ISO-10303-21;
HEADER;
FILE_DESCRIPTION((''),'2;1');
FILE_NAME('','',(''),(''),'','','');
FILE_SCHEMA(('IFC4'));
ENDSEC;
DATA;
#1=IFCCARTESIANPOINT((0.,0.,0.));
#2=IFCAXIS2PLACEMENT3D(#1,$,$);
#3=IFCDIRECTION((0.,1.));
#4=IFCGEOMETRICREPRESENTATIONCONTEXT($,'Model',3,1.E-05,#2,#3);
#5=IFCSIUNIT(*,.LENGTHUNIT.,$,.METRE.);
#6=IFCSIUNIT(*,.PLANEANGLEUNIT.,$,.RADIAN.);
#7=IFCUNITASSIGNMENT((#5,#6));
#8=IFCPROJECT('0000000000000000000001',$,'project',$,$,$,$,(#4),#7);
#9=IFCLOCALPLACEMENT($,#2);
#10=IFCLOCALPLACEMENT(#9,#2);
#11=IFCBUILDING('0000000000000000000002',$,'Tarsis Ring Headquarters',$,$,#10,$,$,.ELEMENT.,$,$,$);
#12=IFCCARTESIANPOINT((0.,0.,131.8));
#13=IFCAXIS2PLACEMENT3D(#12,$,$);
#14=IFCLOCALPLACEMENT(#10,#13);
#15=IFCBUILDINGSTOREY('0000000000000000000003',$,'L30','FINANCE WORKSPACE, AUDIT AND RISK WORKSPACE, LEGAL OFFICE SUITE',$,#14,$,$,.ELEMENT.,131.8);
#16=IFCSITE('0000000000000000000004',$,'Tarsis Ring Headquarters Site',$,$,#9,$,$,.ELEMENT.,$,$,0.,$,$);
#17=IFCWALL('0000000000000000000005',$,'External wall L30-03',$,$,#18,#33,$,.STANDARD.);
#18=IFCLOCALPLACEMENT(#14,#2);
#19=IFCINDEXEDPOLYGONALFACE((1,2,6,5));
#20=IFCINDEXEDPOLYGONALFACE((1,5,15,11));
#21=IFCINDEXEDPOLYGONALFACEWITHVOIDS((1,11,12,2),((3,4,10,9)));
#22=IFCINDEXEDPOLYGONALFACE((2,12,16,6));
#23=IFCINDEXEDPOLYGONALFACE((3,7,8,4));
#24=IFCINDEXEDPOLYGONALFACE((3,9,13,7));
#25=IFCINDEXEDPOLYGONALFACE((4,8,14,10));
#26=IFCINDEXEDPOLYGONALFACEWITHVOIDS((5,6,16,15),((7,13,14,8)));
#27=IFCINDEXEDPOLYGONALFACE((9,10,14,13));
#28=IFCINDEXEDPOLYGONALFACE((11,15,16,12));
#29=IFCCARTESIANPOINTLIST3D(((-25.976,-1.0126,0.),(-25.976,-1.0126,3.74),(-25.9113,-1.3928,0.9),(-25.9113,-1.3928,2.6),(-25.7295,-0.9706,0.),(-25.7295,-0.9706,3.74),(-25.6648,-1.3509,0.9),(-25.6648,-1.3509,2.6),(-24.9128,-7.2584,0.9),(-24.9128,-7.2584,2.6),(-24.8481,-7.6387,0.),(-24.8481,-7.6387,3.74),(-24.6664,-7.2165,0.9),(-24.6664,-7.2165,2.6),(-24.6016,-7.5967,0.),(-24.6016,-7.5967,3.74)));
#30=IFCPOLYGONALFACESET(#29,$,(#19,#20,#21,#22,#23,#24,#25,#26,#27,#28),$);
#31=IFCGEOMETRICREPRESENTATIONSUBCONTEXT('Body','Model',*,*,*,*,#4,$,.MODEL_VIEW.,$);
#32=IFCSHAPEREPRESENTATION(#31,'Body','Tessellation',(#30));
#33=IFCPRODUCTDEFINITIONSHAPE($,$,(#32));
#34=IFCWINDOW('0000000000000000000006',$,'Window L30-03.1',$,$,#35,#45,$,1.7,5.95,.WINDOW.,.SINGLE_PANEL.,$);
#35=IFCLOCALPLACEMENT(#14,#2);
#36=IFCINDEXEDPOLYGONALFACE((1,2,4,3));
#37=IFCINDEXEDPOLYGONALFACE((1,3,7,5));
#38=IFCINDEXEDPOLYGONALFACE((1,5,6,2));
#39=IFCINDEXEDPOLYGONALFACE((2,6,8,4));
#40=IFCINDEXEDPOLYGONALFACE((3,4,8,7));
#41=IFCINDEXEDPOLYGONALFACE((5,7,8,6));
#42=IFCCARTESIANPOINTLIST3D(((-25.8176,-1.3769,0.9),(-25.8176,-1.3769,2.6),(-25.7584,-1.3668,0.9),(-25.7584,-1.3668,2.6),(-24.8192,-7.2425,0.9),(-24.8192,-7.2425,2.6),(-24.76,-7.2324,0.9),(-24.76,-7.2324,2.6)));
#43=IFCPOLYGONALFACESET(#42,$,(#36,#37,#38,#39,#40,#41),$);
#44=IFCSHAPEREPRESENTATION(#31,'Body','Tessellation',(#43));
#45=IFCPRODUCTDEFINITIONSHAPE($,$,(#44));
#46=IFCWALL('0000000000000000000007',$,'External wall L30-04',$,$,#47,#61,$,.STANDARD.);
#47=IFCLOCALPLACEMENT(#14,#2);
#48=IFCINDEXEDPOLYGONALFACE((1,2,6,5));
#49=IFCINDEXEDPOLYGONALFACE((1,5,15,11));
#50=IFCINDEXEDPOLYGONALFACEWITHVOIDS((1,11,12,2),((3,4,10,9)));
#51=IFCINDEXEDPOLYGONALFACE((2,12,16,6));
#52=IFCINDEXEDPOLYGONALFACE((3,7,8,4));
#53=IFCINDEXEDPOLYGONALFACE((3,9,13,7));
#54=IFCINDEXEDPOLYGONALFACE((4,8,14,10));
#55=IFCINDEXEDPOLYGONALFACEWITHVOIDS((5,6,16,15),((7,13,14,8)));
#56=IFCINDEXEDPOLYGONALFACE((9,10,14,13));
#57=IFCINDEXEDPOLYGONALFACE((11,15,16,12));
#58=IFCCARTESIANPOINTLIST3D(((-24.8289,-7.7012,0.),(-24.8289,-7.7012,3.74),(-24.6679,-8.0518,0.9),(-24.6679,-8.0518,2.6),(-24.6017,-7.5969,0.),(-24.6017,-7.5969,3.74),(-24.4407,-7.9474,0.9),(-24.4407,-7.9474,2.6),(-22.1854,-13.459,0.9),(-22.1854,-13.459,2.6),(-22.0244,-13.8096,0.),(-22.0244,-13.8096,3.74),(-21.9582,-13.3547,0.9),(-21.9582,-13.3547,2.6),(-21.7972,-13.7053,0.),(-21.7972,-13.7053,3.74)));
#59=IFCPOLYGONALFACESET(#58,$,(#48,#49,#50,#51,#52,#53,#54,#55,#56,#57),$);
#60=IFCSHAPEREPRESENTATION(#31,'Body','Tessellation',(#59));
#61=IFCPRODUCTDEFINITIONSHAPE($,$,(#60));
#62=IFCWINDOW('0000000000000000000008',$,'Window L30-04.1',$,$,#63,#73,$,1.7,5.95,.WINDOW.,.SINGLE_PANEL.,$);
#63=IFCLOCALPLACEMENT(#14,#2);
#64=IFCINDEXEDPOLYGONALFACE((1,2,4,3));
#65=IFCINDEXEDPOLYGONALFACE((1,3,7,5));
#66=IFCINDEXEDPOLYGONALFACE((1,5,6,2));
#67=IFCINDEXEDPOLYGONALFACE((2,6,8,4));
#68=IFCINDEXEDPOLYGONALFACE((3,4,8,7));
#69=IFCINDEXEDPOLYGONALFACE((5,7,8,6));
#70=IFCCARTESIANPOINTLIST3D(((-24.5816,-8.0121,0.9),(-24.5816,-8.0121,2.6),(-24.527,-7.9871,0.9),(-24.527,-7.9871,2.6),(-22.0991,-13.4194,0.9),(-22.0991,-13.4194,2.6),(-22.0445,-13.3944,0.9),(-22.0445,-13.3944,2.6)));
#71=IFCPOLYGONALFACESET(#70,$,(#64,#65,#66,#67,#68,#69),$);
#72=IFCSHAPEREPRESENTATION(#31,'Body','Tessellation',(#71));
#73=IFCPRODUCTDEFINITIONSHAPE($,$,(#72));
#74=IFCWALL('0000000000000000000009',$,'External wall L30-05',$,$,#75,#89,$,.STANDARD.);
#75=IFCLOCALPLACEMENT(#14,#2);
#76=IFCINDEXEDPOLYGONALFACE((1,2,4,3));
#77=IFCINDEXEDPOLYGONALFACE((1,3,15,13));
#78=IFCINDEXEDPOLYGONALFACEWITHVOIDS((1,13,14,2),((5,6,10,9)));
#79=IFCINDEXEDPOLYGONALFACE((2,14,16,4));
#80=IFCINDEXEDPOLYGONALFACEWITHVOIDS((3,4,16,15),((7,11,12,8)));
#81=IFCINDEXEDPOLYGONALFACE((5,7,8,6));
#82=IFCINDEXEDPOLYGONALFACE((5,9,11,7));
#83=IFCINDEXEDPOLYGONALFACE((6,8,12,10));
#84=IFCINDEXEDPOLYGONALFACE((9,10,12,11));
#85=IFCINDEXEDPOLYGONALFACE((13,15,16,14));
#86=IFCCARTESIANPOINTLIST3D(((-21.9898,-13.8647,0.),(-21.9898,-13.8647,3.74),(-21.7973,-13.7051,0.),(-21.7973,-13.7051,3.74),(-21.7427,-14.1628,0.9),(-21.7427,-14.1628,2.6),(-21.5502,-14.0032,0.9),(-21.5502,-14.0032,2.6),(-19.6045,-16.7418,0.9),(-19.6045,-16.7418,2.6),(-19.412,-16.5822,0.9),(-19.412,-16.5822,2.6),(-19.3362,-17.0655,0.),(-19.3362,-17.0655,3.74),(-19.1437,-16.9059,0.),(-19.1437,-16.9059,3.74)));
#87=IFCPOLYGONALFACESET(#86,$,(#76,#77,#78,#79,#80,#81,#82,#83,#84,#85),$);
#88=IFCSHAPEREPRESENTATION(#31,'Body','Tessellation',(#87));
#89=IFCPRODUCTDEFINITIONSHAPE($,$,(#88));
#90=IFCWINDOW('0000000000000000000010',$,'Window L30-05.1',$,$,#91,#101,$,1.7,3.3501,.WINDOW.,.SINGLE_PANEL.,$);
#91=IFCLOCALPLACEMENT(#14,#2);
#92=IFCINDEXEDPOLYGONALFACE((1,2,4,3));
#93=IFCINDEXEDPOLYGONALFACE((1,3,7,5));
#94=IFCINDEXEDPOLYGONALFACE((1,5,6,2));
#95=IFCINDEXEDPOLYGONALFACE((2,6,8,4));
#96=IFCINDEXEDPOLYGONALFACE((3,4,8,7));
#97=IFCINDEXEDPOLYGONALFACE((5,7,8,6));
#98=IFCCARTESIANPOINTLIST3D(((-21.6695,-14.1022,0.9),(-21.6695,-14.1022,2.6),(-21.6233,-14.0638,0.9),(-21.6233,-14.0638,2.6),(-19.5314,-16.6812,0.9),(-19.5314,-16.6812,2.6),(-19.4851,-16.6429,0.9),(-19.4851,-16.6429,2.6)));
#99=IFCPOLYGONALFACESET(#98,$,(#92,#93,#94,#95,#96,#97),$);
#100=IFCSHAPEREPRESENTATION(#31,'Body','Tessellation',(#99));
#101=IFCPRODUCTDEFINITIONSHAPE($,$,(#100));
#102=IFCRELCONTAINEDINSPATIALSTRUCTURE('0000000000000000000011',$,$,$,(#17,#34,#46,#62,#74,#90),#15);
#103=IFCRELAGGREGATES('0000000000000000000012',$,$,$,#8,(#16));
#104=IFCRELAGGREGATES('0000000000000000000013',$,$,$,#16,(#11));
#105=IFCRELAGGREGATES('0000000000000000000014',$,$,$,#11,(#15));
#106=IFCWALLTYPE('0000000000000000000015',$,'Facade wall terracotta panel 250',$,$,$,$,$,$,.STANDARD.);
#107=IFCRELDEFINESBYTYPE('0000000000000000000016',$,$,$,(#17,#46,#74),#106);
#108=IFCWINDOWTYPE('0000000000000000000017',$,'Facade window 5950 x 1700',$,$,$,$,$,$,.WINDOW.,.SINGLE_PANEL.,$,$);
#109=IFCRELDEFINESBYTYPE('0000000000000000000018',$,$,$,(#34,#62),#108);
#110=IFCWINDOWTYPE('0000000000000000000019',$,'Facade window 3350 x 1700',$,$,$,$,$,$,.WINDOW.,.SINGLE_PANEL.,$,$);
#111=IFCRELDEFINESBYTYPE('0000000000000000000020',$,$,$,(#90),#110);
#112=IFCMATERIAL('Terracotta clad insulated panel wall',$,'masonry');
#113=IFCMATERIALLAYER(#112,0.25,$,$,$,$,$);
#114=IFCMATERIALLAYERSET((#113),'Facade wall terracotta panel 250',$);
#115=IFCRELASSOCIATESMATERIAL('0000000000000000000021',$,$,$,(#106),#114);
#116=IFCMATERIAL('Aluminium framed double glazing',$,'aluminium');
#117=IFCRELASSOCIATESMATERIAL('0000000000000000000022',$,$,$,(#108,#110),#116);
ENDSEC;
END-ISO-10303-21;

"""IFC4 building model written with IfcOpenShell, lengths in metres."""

from ifc_helpers import new_model, si_unit, direction, frame, frame_2d, origin, place, context, subcontext, project, spatial, rectangle, extrude, material, layer, layer_set, type_object, element, fill, save


model = new_model("IFC4")

# Units and contexts
model_context = context("Model", 3, precision=1e-05, world=origin(), true_north=direction((0.0, 1.0)))
body_context = subcontext(model_context, "Body", "Model", "MODEL_VIEW")
ifc_project = project(units=[si_unit("LENGTHUNIT", "METRE"), si_unit("PLANEANGLEUNIT", "RADIAN")], contexts=[model_context])

# Site, building, storey
site_placement = place(None, origin())
site = spatial("IfcSite", under=ifc_project, at=site_placement, Name="Tarsis Ring Headquarters Site", CompositionType="ELEMENT", RefElevation=0.0)
building_placement = place(site_placement, origin())
building = spatial("IfcBuilding", under=site, at=building_placement, Name="Tarsis Ring Headquarters", CompositionType="ELEMENT")
storey_placement = place(building_placement, frame((0.0, 0.0, 131.8)))
storey = spatial("IfcBuildingStorey", under=building, at=storey_placement, Name="L30", Description="FINANCE WORKSPACE, AUDIT AND RISK WORKSPACE, LEGAL OFFICE SUITE", CompositionType="ELEMENT", Elevation=131.8)

# Walls, openings, windows
ifc_material_1 = material(Name="Terracotta clad insulated panel wall", Category="masonry")
ifc_layer_1 = layer(ifc_material_1, 0.25)
ifc_layer_set_1 = layer_set([ifc_layer_1], Name="Facade wall terracotta panel 250")
wall_type_1 = type_object("IfcWallType", Name="Facade wall terracotta panel 250", PredefinedType="STANDARD", material=ifc_layer_set_1)
wall_1_placement = place(storey_placement, frame((-25.8528, -0.9915, 0.0), z_axis=(0.0, 0.0, 1.0), x_axis=(0.167808, -0.98582, 0.0)))
wall_1 = element("IfcWall", 1, at=wall_1_placement, inside=storey, type_object=wall_type_1, Name="External wall L30-03", PredefinedType="STANDARD", context=body_context, shape_type="SweptSolid", body=[
    extrude(rectangle(XDim=6.7214, YDim=0.25, at=frame_2d((3.3608, 0.0))), origin(), (0.0, 0.0, 1.0), 3.74),
])
opening_1_placement = place(wall_1_placement, frame((0.3857, 0.0, 0.8999)))
opening_1 = element("IfcOpeningElement", 2, at=opening_1_placement, cuts=wall_1, PredefinedType="OPENING", context=body_context, shape_type="SweptSolid", body=[
    extrude(rectangle(XDim=5.95, YDim=1.7, at=frame_2d((2.9751, 0.8501))), frame((0.0, 0.135, 0.0), z_axis=(0.0, -1.0, 0.0), x_axis=(1.0, 0.0, 0.0)), (0.0, 0.0, 1.0), 0.27),
])
ifc_material_2 = material(Name="Aluminium framed double glazing", Category="aluminium")
window_type_1 = type_object("IfcWindowType", Name="Facade window 5950 x 1700", PartitioningType="SINGLE_PANEL", PredefinedType="WINDOW", material=ifc_material_2)
window_1_placement = place(opening_1_placement, origin())
window_1 = element("IfcWindow", 3, at=window_1_placement, inside=storey, type_object=window_type_1, Name="Window L30-03.1", OverallHeight=1.7, OverallWidth=5.95, PartitioningType="SINGLE_PANEL", PredefinedType="WINDOW", context=body_context, shape_type="SweptSolid", body=[
    extrude(rectangle(XDim=5.95, YDim=1.7, at=frame_2d((2.9751, 0.8501))), frame((0.0, 0.03, 0.0), z_axis=(0.0, -1.0, 0.0), x_axis=(1.0, 0.0, 0.0)), (0.0, 0.0, 1.0), 0.0601),
])
fill(opening_1, window_1)
wall_2_placement = place(storey_placement, frame((-24.7153, -7.6489, 0.0), z_axis=(0.0, 0.0, 1.0), x_axis=(0.41724, -0.908796, 0.0)))
wall_2 = element("IfcWall", 4, at=wall_2_placement, inside=storey, type_object=wall_type_1, Name="External wall L30-04", PredefinedType="STANDARD", context=body_context, shape_type="SweptSolid", body=[
    extrude(rectangle(XDim=6.7214, YDim=0.25, at=frame_2d((3.3608, 0.0))), origin(), (0.0, 0.0, 1.0), 3.74),
])
opening_2_placement = place(wall_2_placement, frame((0.3857, 0.0, 0.8999)))
opening_2 = element("IfcOpeningElement", 5, at=opening_2_placement, cuts=wall_2, PredefinedType="OPENING", context=body_context, shape_type="SweptSolid", body=[
    extrude(rectangle(XDim=5.95, YDim=1.7, at=frame_2d((2.9751, 0.8501))), frame((0.0, 0.135, 0.0), z_axis=(0.0, -1.0, 0.0), x_axis=(1.0, 0.0, 0.0)), (0.0, 0.0, 1.0), 0.27),
])
window_2_placement = place(opening_2_placement, origin())
window_2 = element("IfcWindow", 6, at=window_2_placement, inside=storey, type_object=window_type_1, Name="Window L30-04.1", OverallHeight=1.7, OverallWidth=5.95, PartitioningType="SINGLE_PANEL", PredefinedType="WINDOW", context=body_context, shape_type="SweptSolid", body=[
    extrude(rectangle(XDim=5.95, YDim=1.7, at=frame_2d((2.9751, 0.8501))), frame((0.0, 0.03, 0.0), z_axis=(0.0, -1.0, 0.0), x_axis=(1.0, 0.0, 0.0)), (0.0, 0.0, 1.0), 0.0601),
])
fill(opening_2, window_2)
wall_3_placement = place(storey_placement, frame((-21.8936, -13.7849, 0.0), z_axis=(0.0, 0.0, 1.0), x_axis=(0.638242, -0.769836, 0.0)))
wall_3 = element("IfcWall", 7, at=wall_3_placement, inside=storey, type_object=wall_type_1, Name="External wall L30-05", PredefinedType="STANDARD", context=body_context, shape_type="SweptSolid", body=[
    extrude(rectangle(XDim=4.1577, YDim=0.25, at=frame_2d((2.0789, 0.0))), origin(), (0.0, 0.0, 1.0), 3.74),
])
opening_3_placement = place(wall_3_placement, frame((0.3872, 0.0, 0.8999)))
opening_3 = element("IfcOpeningElement", 8, at=opening_3_placement, cuts=wall_3, PredefinedType="OPENING", context=body_context, shape_type="SweptSolid", body=[
    extrude(rectangle(XDim=3.3501, YDim=1.7, at=frame_2d((1.675, 0.8501))), frame((0.0, 0.135, 0.0), z_axis=(0.0, -1.0, 0.0), x_axis=(1.0, 0.0, 0.0)), (0.0, 0.0, 1.0), 0.27),
])
window_type_2 = type_object("IfcWindowType", Name="Facade window 3350 x 1700", PartitioningType="SINGLE_PANEL", PredefinedType="WINDOW", material=ifc_material_2)
window_3_placement = place(opening_3_placement, origin())
window_3 = element("IfcWindow", 9, at=window_3_placement, inside=storey, type_object=window_type_2, Name="Window L30-05.1", OverallHeight=1.7, OverallWidth=3.3501, PartitioningType="SINGLE_PANEL", PredefinedType="WINDOW", context=body_context, shape_type="SweptSolid", body=[
    extrude(rectangle(XDim=3.3501, YDim=1.7, at=frame_2d((1.675, 0.8501))), frame((0.0, 0.03, 0.0), z_axis=(0.0, -1.0, 0.0), x_axis=(1.0, 0.0, 0.0)), (0.0, 0.0, 1.0), 0.0601),
])
fill(opening_3, window_3)

save(model, "model.ifc")
